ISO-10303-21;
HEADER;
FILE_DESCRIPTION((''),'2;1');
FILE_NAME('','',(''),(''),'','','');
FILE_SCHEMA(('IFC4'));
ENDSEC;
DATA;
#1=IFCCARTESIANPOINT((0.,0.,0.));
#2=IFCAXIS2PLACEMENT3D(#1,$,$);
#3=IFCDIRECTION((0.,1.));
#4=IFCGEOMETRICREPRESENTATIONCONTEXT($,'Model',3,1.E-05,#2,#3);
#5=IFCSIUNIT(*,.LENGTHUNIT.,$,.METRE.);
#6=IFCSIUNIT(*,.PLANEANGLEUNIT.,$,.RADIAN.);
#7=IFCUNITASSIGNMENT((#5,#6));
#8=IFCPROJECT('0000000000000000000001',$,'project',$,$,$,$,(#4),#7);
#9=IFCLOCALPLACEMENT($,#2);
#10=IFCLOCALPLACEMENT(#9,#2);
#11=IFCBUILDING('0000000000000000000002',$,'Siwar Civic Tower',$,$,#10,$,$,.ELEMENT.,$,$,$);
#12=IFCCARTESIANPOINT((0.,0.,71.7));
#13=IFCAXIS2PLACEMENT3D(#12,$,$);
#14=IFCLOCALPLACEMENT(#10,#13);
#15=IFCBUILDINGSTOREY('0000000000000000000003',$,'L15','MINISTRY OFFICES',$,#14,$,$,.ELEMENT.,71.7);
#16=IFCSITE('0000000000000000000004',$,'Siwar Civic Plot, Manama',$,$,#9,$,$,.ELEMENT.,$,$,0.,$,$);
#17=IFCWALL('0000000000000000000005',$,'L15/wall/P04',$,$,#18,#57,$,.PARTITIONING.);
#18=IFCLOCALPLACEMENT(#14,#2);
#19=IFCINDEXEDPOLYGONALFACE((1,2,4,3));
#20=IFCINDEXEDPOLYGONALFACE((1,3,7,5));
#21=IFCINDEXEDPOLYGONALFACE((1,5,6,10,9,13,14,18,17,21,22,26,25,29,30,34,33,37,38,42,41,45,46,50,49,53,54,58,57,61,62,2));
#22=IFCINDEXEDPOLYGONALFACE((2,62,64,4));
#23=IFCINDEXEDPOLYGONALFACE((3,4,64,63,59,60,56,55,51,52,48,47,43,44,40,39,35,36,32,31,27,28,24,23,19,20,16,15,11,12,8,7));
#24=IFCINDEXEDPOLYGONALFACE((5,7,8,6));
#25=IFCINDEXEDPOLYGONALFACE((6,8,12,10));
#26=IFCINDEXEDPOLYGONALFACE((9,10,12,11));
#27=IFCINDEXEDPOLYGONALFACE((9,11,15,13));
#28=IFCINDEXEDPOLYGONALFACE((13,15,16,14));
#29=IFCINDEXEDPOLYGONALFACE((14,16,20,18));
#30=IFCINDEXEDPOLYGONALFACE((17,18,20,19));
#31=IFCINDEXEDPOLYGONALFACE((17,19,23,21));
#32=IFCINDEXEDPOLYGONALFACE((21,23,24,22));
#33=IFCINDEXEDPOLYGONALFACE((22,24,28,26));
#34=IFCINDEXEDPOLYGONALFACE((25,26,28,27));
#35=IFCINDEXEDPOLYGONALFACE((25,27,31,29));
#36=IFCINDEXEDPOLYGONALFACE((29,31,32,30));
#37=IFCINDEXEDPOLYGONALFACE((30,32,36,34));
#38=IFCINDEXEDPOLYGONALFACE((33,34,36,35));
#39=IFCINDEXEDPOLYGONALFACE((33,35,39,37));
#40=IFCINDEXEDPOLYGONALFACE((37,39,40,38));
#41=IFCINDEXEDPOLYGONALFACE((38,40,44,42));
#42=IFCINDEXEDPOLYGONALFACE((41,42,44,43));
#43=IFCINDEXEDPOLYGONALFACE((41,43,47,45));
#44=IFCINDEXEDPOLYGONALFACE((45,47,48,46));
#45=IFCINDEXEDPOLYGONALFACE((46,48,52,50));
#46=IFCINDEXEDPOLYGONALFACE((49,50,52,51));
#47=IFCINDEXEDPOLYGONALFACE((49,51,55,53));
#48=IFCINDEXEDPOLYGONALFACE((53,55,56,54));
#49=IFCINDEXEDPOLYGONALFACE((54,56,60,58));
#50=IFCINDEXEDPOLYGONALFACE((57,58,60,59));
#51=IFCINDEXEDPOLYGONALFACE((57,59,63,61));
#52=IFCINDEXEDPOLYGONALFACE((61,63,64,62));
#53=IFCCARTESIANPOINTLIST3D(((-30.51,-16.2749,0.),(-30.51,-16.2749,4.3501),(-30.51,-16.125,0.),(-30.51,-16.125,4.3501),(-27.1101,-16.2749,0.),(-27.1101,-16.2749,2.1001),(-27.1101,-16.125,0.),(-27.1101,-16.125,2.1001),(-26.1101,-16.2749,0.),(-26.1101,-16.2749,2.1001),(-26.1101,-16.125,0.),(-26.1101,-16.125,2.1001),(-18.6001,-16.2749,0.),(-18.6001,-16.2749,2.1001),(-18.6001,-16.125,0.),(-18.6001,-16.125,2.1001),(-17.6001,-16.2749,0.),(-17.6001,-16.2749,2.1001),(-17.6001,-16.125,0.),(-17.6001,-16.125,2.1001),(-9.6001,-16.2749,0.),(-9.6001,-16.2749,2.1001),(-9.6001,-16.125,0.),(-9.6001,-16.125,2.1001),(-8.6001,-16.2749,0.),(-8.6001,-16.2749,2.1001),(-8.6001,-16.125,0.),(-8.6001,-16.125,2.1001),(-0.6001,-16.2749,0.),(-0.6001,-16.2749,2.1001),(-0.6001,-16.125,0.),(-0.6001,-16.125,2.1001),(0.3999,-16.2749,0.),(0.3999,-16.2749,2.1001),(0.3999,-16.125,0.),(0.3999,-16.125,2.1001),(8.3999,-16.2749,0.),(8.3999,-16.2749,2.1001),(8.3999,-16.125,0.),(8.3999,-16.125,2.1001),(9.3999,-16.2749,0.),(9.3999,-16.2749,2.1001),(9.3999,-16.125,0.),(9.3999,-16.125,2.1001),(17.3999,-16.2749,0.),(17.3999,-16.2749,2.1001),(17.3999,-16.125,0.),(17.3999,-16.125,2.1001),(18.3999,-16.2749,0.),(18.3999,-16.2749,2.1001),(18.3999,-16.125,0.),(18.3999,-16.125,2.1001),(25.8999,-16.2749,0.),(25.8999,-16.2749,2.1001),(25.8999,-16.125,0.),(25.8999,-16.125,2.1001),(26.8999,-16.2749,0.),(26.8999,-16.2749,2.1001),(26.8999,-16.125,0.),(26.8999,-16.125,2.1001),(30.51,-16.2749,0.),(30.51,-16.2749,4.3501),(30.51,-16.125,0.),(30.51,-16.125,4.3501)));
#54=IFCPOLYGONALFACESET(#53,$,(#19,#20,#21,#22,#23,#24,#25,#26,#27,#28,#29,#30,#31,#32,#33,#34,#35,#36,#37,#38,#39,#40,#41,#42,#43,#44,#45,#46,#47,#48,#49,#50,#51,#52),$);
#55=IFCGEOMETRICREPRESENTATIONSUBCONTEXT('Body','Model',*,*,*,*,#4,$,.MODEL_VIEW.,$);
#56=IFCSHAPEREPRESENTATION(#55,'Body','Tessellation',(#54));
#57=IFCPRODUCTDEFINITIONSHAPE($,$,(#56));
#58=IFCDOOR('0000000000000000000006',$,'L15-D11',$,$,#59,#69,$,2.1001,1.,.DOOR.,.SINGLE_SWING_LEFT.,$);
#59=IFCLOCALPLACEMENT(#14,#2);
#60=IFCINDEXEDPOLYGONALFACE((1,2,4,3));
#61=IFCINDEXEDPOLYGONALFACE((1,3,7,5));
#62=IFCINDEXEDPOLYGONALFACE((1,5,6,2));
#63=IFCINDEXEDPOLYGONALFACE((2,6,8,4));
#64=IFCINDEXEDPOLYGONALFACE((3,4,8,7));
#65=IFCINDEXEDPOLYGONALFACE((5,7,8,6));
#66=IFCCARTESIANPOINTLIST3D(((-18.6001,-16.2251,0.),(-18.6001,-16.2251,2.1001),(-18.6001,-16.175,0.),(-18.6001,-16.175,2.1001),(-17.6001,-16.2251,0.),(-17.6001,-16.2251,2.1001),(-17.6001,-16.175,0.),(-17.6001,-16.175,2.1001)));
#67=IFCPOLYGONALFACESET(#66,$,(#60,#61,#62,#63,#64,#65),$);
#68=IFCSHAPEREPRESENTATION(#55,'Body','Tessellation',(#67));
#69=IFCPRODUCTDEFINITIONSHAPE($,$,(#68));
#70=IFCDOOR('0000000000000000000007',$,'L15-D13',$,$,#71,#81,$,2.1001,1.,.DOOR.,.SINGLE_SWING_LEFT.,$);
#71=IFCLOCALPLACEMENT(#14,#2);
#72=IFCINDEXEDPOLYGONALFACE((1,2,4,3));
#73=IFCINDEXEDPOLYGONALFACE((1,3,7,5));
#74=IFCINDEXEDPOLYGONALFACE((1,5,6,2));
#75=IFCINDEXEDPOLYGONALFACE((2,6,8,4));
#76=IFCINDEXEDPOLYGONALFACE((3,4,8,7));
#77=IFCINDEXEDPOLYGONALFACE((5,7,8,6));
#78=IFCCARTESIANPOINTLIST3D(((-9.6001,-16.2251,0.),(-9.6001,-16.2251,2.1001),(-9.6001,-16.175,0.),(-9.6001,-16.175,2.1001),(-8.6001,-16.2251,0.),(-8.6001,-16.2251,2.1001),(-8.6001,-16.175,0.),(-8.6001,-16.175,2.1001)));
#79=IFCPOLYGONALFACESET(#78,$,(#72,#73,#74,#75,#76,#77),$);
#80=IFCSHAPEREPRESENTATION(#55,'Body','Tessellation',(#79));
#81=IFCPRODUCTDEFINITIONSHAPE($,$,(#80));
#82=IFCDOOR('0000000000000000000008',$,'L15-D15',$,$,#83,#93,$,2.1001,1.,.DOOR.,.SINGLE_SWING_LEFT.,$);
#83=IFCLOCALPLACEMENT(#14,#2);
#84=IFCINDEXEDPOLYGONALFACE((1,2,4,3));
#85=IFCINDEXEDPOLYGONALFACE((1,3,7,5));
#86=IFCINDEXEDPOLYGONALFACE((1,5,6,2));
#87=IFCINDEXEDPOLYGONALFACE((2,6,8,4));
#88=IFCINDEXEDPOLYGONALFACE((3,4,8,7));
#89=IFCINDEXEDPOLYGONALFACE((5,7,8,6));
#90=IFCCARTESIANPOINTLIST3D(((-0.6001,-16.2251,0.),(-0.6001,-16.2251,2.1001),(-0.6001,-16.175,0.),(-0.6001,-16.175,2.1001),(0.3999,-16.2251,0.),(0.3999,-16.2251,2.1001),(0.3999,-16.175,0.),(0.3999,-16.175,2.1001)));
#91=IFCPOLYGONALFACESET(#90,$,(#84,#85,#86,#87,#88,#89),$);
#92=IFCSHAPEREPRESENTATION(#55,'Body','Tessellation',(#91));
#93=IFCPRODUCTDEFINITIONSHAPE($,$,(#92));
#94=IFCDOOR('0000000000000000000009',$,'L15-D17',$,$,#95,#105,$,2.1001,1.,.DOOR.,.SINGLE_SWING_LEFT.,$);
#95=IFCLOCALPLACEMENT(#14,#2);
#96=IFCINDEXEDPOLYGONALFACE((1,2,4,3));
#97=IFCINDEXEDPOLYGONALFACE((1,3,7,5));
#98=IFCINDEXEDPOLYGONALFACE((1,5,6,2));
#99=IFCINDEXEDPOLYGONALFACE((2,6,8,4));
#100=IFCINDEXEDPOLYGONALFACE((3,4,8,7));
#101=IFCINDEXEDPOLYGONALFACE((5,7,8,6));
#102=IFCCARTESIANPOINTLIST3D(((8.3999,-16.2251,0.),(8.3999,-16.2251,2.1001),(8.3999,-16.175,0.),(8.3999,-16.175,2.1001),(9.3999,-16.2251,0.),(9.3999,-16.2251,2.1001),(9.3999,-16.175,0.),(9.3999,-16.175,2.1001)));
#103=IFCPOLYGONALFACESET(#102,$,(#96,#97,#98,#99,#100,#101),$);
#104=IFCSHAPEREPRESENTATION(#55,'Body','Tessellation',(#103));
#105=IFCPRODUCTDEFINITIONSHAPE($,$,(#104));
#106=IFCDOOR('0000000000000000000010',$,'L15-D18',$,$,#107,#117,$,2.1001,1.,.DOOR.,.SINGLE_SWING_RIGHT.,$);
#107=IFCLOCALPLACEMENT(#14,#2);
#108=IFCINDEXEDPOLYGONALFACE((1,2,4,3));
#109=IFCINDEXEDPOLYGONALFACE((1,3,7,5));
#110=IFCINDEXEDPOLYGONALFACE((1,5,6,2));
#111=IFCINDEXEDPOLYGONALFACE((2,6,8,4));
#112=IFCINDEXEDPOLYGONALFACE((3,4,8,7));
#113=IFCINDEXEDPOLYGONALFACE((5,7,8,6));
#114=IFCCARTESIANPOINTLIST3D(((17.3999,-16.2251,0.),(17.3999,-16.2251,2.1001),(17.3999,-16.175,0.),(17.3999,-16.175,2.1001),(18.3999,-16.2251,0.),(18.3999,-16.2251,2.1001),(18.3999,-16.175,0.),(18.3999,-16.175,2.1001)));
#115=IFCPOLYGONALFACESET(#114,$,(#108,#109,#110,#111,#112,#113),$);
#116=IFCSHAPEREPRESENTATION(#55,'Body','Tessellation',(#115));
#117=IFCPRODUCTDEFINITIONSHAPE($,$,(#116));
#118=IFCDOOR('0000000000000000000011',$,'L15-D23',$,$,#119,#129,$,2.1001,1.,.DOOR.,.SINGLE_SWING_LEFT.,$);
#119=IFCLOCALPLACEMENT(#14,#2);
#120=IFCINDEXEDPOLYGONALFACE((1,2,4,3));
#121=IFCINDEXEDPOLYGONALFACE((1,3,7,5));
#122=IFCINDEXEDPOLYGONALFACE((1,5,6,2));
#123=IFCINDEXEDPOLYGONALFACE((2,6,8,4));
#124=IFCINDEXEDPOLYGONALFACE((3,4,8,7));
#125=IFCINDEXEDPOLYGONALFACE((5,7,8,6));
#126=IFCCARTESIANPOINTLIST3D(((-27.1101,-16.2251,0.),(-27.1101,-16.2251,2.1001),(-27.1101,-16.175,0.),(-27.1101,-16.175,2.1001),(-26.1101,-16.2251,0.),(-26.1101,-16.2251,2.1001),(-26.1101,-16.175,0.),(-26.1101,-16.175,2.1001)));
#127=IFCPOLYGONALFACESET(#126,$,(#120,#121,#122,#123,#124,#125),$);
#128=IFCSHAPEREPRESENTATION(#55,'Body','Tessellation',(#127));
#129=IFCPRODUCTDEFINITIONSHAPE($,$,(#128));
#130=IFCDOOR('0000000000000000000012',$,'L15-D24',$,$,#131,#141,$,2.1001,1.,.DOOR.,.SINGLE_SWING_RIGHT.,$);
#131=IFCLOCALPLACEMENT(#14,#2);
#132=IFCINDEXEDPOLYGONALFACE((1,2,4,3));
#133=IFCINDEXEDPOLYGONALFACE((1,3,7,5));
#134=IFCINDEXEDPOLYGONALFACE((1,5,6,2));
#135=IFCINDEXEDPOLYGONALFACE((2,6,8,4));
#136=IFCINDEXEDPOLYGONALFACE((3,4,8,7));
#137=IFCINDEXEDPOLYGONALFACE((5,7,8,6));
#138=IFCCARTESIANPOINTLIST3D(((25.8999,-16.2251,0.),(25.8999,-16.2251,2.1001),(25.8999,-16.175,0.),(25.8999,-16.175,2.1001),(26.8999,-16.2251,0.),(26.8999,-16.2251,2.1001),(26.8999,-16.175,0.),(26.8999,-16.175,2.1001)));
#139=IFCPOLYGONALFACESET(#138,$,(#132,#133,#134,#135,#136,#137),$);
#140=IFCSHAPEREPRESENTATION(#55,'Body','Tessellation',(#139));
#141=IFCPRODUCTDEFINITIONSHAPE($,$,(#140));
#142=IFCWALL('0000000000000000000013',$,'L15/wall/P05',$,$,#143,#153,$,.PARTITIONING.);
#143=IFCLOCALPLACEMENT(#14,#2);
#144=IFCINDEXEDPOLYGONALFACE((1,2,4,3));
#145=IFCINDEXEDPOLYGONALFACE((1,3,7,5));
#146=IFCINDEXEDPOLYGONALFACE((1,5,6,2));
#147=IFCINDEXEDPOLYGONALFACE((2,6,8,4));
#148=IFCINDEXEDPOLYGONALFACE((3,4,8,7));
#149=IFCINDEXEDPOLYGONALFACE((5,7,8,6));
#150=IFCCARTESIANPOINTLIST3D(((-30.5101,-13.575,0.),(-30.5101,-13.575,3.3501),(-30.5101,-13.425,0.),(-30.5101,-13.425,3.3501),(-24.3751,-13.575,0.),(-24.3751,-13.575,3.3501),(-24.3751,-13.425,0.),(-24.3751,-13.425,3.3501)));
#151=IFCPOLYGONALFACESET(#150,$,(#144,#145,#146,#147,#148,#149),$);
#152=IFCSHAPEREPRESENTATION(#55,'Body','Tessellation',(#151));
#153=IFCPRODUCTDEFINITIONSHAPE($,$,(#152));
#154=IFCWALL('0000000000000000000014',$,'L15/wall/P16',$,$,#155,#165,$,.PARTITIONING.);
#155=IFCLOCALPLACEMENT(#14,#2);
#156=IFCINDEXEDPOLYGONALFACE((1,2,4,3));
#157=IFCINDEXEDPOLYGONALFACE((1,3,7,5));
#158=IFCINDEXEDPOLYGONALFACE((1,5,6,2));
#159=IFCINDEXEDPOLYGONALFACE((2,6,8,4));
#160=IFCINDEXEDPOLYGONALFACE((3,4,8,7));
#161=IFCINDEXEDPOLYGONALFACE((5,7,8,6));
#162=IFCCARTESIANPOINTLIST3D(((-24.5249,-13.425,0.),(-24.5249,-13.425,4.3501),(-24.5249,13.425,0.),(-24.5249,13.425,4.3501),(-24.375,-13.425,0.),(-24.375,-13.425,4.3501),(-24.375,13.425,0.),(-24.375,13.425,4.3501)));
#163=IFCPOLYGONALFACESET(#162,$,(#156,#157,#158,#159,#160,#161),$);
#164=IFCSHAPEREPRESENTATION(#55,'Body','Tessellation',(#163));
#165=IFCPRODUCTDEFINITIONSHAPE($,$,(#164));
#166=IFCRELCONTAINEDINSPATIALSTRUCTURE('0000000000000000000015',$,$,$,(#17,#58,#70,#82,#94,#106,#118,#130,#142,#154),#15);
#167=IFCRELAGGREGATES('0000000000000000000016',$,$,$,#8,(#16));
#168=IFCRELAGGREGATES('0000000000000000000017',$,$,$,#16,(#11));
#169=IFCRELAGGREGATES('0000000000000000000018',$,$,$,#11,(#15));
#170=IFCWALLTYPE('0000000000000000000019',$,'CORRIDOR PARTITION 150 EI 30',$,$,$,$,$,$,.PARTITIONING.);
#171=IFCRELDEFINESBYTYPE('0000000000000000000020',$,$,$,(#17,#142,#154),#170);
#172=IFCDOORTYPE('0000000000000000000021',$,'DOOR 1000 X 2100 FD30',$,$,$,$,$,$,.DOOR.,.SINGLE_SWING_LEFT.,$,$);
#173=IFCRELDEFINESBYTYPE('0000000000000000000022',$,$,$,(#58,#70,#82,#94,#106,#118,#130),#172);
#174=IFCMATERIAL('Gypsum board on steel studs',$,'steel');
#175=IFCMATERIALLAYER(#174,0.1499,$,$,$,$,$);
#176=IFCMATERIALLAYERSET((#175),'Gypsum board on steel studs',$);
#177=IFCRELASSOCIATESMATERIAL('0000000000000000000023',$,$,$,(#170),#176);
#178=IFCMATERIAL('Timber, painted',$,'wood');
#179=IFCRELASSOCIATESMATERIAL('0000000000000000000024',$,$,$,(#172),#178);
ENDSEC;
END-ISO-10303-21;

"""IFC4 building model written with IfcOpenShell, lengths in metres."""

from ifc_helpers import new_model, si_unit, direction, frame, frame_2d, origin, place, context, subcontext, project, spatial, rectangle, extrude, material, layer, layer_set, type_object, element, fill, save


model = new_model("IFC4")

# Units and contexts
model_context = context("Model", 3, precision=1e-05, world=origin(), true_north=direction((0.0, 1.0)))
body_context = subcontext(model_context, "Body", "Model", "MODEL_VIEW")
ifc_project = project(units=[si_unit("LENGTHUNIT", "METRE"), si_unit("PLANEANGLEUNIT", "RADIAN")], contexts=[model_context])

# Site, building, storey
site_placement = place(None, origin())
site = spatial("IfcSite", under=ifc_project, at=site_placement, Name="Siwar Civic Plot, Manama", CompositionType="ELEMENT", RefElevation=0.0)
building_placement = place(site_placement, origin())
building = spatial("IfcBuilding", under=site, at=building_placement, Name="Siwar Civic Tower", CompositionType="ELEMENT")
storey_placement = place(building_placement, frame((0.0, 0.0, 71.7)))
storey = spatial("IfcBuildingStorey", under=building, at=storey_placement, Name="L15", Description="MINISTRY OFFICES", CompositionType="ELEMENT", Elevation=71.7)

# Wall, openings, doors
ifc_material_1 = material(Name="Gypsum board on steel studs", Category="steel")
ifc_layer_1 = layer(ifc_material_1, 0.1499)
ifc_layer_set_1 = layer_set([ifc_layer_1], Name="Gypsum board on steel studs")
wall_type = type_object("IfcWallType", Name="CORRIDOR PARTITION 150 EI 30", PredefinedType="PARTITIONING", material=ifc_layer_set_1)
wall_1_placement = place(storey_placement, frame((-30.51, -16.2, 0.0), z_axis=(0.0, 0.0, 1.0), x_axis=(1.0, 0.0, 0.0)))
wall_1 = element("IfcWall", 1, at=wall_1_placement, inside=storey, type_object=wall_type, Name="L15/wall/P04", PredefinedType="PARTITIONING", context=body_context, shape_type="SweptSolid", body=[
    extrude(rectangle(XDim=61.02, YDim=0.1499, at=frame_2d((30.51, 0.0))), origin(), (0.0, 0.0, 1.0), 4.3501),
])
opening_1_placement = place(wall_1_placement, frame((11.9099, 0.0, 0.0)))
opening_1 = element("IfcOpeningElement", 2, at=opening_1_placement, cuts=wall_1, PredefinedType="OPENING", context=body_context, shape_type="SweptSolid", body=[
    extrude(rectangle(XDim=1.0, YDim=2.1001, at=frame_2d((0.5, 1.05))), frame((0.0, 0.085, 0.0), z_axis=(0.0, -1.0, 0.0), x_axis=(1.0, 0.0, 0.0)), (0.0, 0.0, 1.0), 0.1699),
])
opening_2_placement = place(wall_1_placement, frame((20.9099, 0.0, 0.0)))
opening_2 = element("IfcOpeningElement", 3, at=opening_2_placement, cuts=wall_1, PredefinedType="OPENING", context=body_context, shape_type="SweptSolid", body=[
    extrude(rectangle(XDim=1.0, YDim=2.1001, at=frame_2d((0.5, 1.05))), frame((0.0, 0.085, 0.0), z_axis=(0.0, -1.0, 0.0), x_axis=(1.0, 0.0, 0.0)), (0.0, 0.0, 1.0), 0.1699),
])
opening_3_placement = place(wall_1_placement, frame((29.9099, 0.0, 0.0)))
opening_3 = element("IfcOpeningElement", 4, at=opening_3_placement, cuts=wall_1, PredefinedType="OPENING", context=body_context, shape_type="SweptSolid", body=[
    extrude(rectangle(XDim=1.0, YDim=2.1001, at=frame_2d((0.5, 1.05))), frame((0.0, 0.085, 0.0), z_axis=(0.0, -1.0, 0.0), x_axis=(1.0, 0.0, 0.0)), (0.0, 0.0, 1.0), 0.1699),
])
opening_4_placement = place(wall_1_placement, frame((38.9099, 0.0, 0.0)))
opening_4 = element("IfcOpeningElement", 5, at=opening_4_placement, cuts=wall_1, PredefinedType="OPENING", context=body_context, shape_type="SweptSolid", body=[
    extrude(rectangle(XDim=1.0, YDim=2.1001, at=frame_2d((0.5, 1.05))), frame((0.0, 0.085, 0.0), z_axis=(0.0, -1.0, 0.0), x_axis=(1.0, 0.0, 0.0)), (0.0, 0.0, 1.0), 0.1699),
])
opening_5_placement = place(wall_1_placement, frame((47.9099, 0.0, 0.0)))
opening_5 = element("IfcOpeningElement", 6, at=opening_5_placement, cuts=wall_1, PredefinedType="OPENING", context=body_context, shape_type="SweptSolid", body=[
    extrude(rectangle(XDim=1.0, YDim=2.1001, at=frame_2d((0.5, 1.05))), frame((0.0, 0.085, 0.0), z_axis=(0.0, -1.0, 0.0), x_axis=(1.0, 0.0, 0.0)), (0.0, 0.0, 1.0), 0.1699),
])
opening_6_placement = place(wall_1_placement, frame((3.3999, 0.0, 0.0)))
opening_6 = element("IfcOpeningElement", 7, at=opening_6_placement, cuts=wall_1, PredefinedType="OPENING", context=body_context, shape_type="SweptSolid", body=[
    extrude(rectangle(XDim=1.0, YDim=2.1001, at=frame_2d((0.5, 1.05))), frame((0.0, 0.085, 0.0), z_axis=(0.0, -1.0, 0.0), x_axis=(1.0, 0.0, 0.0)), (0.0, 0.0, 1.0), 0.1699),
])
opening_7_placement = place(wall_1_placement, frame((56.4099, 0.0, 0.0)))
opening_7 = element("IfcOpeningElement", 8, at=opening_7_placement, cuts=wall_1, PredefinedType="OPENING", context=body_context, shape_type="SweptSolid", body=[
    extrude(rectangle(XDim=1.0, YDim=2.1001, at=frame_2d((0.5, 1.05))), frame((0.0, 0.085, 0.0), z_axis=(0.0, -1.0, 0.0), x_axis=(1.0, 0.0, 0.0)), (0.0, 0.0, 1.0), 0.1699),
])
ifc_material_2 = material(Name="Timber, painted", Category="wood")
door_type = type_object("IfcDoorType", Name="DOOR 1000 X 2100 FD30", OperationType="SINGLE_SWING_LEFT", PredefinedType="DOOR", material=ifc_material_2)
door_1_placement = place(opening_1_placement, origin())
door_1 = element("IfcDoor", 9, at=door_1_placement, inside=storey, type_object=door_type, Name="L15-D11", OperationType="SINGLE_SWING_LEFT", OverallHeight=2.1001, OverallWidth=1.0, PredefinedType="DOOR", context=body_context, shape_type="SweptSolid", body=[
    extrude(rectangle(XDim=1.0, YDim=2.1001, at=frame_2d((0.5, 1.05))), frame((0.0, 0.0249, 0.0), z_axis=(0.0, -1.0, 0.0), x_axis=(1.0, 0.0, 0.0)), (0.0, 0.0, 1.0), 0.05),
])
fill(opening_1, door_1)
door_2_placement = place(opening_2_placement, origin())
door_2 = element("IfcDoor", 10, at=door_2_placement, inside=storey, type_object=door_type, Name="L15-D13", OperationType="SINGLE_SWING_LEFT", OverallHeight=2.1001, OverallWidth=1.0, PredefinedType="DOOR", context=body_context, shape_type="SweptSolid", body=[
    extrude(rectangle(XDim=1.0, YDim=2.1001, at=frame_2d((0.5, 1.05))), frame((0.0, 0.0249, 0.0), z_axis=(0.0, -1.0, 0.0), x_axis=(1.0, 0.0, 0.0)), (0.0, 0.0, 1.0), 0.05),
])
fill(opening_2, door_2)
door_3_placement = place(opening_3_placement, origin())
door_3 = element("IfcDoor", 11, at=door_3_placement, inside=storey, type_object=door_type, Name="L15-D15", OperationType="SINGLE_SWING_LEFT", OverallHeight=2.1001, OverallWidth=1.0, PredefinedType="DOOR", context=body_context, shape_type="SweptSolid", body=[
    extrude(rectangle(XDim=1.0, YDim=2.1001, at=frame_2d((0.5, 1.05))), frame((0.0, 0.0249, 0.0), z_axis=(0.0, -1.0, 0.0), x_axis=(1.0, 0.0, 0.0)), (0.0, 0.0, 1.0), 0.05),
])
fill(opening_3, door_3)
door_4_placement = place(opening_4_placement, origin())
door_4 = element("IfcDoor", 12, at=door_4_placement, inside=storey, type_object=door_type, Name="L15-D17", OperationType="SINGLE_SWING_LEFT", OverallHeight=2.1001, OverallWidth=1.0, PredefinedType="DOOR", context=body_context, shape_type="SweptSolid", body=[
    extrude(rectangle(XDim=1.0, YDim=2.1001, at=frame_2d((0.5, 1.05))), frame((0.0, 0.0249, 0.0), z_axis=(0.0, -1.0, 0.0), x_axis=(1.0, 0.0, 0.0)), (0.0, 0.0, 1.0), 0.05),
])
fill(opening_4, door_4)
door_5_placement = place(opening_5_placement, origin())
door_5 = element("IfcDoor", 13, at=door_5_placement, inside=storey, type_object=door_type, Name="L15-D18", OperationType="SINGLE_SWING_RIGHT", OverallHeight=2.1001, OverallWidth=1.0, PredefinedType="DOOR", context=body_context, shape_type="SweptSolid", body=[
    extrude(rectangle(XDim=1.0, YDim=2.1001, at=frame_2d((0.5, 1.05))), frame((0.0, 0.0249, 0.0), z_axis=(0.0, -1.0, 0.0), x_axis=(1.0, 0.0, 0.0)), (0.0, 0.0, 1.0), 0.05),
])
fill(opening_5, door_5)
door_6_placement = place(opening_6_placement, origin())
door_6 = element("IfcDoor", 14, at=door_6_placement, inside=storey, type_object=door_type, Name="L15-D23", OperationType="SINGLE_SWING_LEFT", OverallHeight=2.1001, OverallWidth=1.0, PredefinedType="DOOR", context=body_context, shape_type="SweptSolid", body=[
    extrude(rectangle(XDim=1.0, YDim=2.1001, at=frame_2d((0.5, 1.05))), frame((0.0, 0.0249, 0.0), z_axis=(0.0, -1.0, 0.0), x_axis=(1.0, 0.0, 0.0)), (0.0, 0.0, 1.0), 0.05),
])
fill(opening_6, door_6)
door_7_placement = place(opening_7_placement, origin())
door_7 = element("IfcDoor", 15, at=door_7_placement, inside=storey, type_object=door_type, Name="L15-D24", OperationType="SINGLE_SWING_RIGHT", OverallHeight=2.1001, OverallWidth=1.0, PredefinedType="DOOR", context=body_context, shape_type="SweptSolid", body=[
    extrude(rectangle(XDim=1.0, YDim=2.1001, at=frame_2d((0.5, 1.05))), frame((0.0, 0.0249, 0.0), z_axis=(0.0, -1.0, 0.0), x_axis=(1.0, 0.0, 0.0)), (0.0, 0.0, 1.0), 0.05),
])
fill(opening_7, door_7)

# Walls
wall_2_placement = place(storey_placement, frame((-30.51, -13.5, 0.0), z_axis=(0.0, 0.0, 1.0), x_axis=(1.0, 0.0, 0.0)))
element("IfcWall", 16, at=wall_2_placement, inside=storey, type_object=wall_type, Name="L15/wall/P05", PredefinedType="PARTITIONING", context=body_context, shape_type="SweptSolid", body=[
    extrude(rectangle(XDim=6.135, YDim=0.1499, at=frame_2d((3.0674, 0.0))), origin(), (0.0, 0.0, 1.0), 3.3501),
])
wall_3_placement = place(storey_placement, frame((-24.45, -13.425, 0.0), z_axis=(0.0, 0.0, 1.0), x_axis=(0.0, 1.0, 0.0)))
element("IfcWall", 17, at=wall_3_placement, inside=storey, type_object=wall_type, Name="L15/wall/P16", PredefinedType="PARTITIONING", context=body_context, shape_type="SweptSolid", body=[
    extrude(rectangle(XDim=26.8501, YDim=0.1499, at=frame_2d((13.425, 0.0))), origin(), (0.0, 0.0, 1.0), 4.3501),
])

save(model, "model.ifc")
